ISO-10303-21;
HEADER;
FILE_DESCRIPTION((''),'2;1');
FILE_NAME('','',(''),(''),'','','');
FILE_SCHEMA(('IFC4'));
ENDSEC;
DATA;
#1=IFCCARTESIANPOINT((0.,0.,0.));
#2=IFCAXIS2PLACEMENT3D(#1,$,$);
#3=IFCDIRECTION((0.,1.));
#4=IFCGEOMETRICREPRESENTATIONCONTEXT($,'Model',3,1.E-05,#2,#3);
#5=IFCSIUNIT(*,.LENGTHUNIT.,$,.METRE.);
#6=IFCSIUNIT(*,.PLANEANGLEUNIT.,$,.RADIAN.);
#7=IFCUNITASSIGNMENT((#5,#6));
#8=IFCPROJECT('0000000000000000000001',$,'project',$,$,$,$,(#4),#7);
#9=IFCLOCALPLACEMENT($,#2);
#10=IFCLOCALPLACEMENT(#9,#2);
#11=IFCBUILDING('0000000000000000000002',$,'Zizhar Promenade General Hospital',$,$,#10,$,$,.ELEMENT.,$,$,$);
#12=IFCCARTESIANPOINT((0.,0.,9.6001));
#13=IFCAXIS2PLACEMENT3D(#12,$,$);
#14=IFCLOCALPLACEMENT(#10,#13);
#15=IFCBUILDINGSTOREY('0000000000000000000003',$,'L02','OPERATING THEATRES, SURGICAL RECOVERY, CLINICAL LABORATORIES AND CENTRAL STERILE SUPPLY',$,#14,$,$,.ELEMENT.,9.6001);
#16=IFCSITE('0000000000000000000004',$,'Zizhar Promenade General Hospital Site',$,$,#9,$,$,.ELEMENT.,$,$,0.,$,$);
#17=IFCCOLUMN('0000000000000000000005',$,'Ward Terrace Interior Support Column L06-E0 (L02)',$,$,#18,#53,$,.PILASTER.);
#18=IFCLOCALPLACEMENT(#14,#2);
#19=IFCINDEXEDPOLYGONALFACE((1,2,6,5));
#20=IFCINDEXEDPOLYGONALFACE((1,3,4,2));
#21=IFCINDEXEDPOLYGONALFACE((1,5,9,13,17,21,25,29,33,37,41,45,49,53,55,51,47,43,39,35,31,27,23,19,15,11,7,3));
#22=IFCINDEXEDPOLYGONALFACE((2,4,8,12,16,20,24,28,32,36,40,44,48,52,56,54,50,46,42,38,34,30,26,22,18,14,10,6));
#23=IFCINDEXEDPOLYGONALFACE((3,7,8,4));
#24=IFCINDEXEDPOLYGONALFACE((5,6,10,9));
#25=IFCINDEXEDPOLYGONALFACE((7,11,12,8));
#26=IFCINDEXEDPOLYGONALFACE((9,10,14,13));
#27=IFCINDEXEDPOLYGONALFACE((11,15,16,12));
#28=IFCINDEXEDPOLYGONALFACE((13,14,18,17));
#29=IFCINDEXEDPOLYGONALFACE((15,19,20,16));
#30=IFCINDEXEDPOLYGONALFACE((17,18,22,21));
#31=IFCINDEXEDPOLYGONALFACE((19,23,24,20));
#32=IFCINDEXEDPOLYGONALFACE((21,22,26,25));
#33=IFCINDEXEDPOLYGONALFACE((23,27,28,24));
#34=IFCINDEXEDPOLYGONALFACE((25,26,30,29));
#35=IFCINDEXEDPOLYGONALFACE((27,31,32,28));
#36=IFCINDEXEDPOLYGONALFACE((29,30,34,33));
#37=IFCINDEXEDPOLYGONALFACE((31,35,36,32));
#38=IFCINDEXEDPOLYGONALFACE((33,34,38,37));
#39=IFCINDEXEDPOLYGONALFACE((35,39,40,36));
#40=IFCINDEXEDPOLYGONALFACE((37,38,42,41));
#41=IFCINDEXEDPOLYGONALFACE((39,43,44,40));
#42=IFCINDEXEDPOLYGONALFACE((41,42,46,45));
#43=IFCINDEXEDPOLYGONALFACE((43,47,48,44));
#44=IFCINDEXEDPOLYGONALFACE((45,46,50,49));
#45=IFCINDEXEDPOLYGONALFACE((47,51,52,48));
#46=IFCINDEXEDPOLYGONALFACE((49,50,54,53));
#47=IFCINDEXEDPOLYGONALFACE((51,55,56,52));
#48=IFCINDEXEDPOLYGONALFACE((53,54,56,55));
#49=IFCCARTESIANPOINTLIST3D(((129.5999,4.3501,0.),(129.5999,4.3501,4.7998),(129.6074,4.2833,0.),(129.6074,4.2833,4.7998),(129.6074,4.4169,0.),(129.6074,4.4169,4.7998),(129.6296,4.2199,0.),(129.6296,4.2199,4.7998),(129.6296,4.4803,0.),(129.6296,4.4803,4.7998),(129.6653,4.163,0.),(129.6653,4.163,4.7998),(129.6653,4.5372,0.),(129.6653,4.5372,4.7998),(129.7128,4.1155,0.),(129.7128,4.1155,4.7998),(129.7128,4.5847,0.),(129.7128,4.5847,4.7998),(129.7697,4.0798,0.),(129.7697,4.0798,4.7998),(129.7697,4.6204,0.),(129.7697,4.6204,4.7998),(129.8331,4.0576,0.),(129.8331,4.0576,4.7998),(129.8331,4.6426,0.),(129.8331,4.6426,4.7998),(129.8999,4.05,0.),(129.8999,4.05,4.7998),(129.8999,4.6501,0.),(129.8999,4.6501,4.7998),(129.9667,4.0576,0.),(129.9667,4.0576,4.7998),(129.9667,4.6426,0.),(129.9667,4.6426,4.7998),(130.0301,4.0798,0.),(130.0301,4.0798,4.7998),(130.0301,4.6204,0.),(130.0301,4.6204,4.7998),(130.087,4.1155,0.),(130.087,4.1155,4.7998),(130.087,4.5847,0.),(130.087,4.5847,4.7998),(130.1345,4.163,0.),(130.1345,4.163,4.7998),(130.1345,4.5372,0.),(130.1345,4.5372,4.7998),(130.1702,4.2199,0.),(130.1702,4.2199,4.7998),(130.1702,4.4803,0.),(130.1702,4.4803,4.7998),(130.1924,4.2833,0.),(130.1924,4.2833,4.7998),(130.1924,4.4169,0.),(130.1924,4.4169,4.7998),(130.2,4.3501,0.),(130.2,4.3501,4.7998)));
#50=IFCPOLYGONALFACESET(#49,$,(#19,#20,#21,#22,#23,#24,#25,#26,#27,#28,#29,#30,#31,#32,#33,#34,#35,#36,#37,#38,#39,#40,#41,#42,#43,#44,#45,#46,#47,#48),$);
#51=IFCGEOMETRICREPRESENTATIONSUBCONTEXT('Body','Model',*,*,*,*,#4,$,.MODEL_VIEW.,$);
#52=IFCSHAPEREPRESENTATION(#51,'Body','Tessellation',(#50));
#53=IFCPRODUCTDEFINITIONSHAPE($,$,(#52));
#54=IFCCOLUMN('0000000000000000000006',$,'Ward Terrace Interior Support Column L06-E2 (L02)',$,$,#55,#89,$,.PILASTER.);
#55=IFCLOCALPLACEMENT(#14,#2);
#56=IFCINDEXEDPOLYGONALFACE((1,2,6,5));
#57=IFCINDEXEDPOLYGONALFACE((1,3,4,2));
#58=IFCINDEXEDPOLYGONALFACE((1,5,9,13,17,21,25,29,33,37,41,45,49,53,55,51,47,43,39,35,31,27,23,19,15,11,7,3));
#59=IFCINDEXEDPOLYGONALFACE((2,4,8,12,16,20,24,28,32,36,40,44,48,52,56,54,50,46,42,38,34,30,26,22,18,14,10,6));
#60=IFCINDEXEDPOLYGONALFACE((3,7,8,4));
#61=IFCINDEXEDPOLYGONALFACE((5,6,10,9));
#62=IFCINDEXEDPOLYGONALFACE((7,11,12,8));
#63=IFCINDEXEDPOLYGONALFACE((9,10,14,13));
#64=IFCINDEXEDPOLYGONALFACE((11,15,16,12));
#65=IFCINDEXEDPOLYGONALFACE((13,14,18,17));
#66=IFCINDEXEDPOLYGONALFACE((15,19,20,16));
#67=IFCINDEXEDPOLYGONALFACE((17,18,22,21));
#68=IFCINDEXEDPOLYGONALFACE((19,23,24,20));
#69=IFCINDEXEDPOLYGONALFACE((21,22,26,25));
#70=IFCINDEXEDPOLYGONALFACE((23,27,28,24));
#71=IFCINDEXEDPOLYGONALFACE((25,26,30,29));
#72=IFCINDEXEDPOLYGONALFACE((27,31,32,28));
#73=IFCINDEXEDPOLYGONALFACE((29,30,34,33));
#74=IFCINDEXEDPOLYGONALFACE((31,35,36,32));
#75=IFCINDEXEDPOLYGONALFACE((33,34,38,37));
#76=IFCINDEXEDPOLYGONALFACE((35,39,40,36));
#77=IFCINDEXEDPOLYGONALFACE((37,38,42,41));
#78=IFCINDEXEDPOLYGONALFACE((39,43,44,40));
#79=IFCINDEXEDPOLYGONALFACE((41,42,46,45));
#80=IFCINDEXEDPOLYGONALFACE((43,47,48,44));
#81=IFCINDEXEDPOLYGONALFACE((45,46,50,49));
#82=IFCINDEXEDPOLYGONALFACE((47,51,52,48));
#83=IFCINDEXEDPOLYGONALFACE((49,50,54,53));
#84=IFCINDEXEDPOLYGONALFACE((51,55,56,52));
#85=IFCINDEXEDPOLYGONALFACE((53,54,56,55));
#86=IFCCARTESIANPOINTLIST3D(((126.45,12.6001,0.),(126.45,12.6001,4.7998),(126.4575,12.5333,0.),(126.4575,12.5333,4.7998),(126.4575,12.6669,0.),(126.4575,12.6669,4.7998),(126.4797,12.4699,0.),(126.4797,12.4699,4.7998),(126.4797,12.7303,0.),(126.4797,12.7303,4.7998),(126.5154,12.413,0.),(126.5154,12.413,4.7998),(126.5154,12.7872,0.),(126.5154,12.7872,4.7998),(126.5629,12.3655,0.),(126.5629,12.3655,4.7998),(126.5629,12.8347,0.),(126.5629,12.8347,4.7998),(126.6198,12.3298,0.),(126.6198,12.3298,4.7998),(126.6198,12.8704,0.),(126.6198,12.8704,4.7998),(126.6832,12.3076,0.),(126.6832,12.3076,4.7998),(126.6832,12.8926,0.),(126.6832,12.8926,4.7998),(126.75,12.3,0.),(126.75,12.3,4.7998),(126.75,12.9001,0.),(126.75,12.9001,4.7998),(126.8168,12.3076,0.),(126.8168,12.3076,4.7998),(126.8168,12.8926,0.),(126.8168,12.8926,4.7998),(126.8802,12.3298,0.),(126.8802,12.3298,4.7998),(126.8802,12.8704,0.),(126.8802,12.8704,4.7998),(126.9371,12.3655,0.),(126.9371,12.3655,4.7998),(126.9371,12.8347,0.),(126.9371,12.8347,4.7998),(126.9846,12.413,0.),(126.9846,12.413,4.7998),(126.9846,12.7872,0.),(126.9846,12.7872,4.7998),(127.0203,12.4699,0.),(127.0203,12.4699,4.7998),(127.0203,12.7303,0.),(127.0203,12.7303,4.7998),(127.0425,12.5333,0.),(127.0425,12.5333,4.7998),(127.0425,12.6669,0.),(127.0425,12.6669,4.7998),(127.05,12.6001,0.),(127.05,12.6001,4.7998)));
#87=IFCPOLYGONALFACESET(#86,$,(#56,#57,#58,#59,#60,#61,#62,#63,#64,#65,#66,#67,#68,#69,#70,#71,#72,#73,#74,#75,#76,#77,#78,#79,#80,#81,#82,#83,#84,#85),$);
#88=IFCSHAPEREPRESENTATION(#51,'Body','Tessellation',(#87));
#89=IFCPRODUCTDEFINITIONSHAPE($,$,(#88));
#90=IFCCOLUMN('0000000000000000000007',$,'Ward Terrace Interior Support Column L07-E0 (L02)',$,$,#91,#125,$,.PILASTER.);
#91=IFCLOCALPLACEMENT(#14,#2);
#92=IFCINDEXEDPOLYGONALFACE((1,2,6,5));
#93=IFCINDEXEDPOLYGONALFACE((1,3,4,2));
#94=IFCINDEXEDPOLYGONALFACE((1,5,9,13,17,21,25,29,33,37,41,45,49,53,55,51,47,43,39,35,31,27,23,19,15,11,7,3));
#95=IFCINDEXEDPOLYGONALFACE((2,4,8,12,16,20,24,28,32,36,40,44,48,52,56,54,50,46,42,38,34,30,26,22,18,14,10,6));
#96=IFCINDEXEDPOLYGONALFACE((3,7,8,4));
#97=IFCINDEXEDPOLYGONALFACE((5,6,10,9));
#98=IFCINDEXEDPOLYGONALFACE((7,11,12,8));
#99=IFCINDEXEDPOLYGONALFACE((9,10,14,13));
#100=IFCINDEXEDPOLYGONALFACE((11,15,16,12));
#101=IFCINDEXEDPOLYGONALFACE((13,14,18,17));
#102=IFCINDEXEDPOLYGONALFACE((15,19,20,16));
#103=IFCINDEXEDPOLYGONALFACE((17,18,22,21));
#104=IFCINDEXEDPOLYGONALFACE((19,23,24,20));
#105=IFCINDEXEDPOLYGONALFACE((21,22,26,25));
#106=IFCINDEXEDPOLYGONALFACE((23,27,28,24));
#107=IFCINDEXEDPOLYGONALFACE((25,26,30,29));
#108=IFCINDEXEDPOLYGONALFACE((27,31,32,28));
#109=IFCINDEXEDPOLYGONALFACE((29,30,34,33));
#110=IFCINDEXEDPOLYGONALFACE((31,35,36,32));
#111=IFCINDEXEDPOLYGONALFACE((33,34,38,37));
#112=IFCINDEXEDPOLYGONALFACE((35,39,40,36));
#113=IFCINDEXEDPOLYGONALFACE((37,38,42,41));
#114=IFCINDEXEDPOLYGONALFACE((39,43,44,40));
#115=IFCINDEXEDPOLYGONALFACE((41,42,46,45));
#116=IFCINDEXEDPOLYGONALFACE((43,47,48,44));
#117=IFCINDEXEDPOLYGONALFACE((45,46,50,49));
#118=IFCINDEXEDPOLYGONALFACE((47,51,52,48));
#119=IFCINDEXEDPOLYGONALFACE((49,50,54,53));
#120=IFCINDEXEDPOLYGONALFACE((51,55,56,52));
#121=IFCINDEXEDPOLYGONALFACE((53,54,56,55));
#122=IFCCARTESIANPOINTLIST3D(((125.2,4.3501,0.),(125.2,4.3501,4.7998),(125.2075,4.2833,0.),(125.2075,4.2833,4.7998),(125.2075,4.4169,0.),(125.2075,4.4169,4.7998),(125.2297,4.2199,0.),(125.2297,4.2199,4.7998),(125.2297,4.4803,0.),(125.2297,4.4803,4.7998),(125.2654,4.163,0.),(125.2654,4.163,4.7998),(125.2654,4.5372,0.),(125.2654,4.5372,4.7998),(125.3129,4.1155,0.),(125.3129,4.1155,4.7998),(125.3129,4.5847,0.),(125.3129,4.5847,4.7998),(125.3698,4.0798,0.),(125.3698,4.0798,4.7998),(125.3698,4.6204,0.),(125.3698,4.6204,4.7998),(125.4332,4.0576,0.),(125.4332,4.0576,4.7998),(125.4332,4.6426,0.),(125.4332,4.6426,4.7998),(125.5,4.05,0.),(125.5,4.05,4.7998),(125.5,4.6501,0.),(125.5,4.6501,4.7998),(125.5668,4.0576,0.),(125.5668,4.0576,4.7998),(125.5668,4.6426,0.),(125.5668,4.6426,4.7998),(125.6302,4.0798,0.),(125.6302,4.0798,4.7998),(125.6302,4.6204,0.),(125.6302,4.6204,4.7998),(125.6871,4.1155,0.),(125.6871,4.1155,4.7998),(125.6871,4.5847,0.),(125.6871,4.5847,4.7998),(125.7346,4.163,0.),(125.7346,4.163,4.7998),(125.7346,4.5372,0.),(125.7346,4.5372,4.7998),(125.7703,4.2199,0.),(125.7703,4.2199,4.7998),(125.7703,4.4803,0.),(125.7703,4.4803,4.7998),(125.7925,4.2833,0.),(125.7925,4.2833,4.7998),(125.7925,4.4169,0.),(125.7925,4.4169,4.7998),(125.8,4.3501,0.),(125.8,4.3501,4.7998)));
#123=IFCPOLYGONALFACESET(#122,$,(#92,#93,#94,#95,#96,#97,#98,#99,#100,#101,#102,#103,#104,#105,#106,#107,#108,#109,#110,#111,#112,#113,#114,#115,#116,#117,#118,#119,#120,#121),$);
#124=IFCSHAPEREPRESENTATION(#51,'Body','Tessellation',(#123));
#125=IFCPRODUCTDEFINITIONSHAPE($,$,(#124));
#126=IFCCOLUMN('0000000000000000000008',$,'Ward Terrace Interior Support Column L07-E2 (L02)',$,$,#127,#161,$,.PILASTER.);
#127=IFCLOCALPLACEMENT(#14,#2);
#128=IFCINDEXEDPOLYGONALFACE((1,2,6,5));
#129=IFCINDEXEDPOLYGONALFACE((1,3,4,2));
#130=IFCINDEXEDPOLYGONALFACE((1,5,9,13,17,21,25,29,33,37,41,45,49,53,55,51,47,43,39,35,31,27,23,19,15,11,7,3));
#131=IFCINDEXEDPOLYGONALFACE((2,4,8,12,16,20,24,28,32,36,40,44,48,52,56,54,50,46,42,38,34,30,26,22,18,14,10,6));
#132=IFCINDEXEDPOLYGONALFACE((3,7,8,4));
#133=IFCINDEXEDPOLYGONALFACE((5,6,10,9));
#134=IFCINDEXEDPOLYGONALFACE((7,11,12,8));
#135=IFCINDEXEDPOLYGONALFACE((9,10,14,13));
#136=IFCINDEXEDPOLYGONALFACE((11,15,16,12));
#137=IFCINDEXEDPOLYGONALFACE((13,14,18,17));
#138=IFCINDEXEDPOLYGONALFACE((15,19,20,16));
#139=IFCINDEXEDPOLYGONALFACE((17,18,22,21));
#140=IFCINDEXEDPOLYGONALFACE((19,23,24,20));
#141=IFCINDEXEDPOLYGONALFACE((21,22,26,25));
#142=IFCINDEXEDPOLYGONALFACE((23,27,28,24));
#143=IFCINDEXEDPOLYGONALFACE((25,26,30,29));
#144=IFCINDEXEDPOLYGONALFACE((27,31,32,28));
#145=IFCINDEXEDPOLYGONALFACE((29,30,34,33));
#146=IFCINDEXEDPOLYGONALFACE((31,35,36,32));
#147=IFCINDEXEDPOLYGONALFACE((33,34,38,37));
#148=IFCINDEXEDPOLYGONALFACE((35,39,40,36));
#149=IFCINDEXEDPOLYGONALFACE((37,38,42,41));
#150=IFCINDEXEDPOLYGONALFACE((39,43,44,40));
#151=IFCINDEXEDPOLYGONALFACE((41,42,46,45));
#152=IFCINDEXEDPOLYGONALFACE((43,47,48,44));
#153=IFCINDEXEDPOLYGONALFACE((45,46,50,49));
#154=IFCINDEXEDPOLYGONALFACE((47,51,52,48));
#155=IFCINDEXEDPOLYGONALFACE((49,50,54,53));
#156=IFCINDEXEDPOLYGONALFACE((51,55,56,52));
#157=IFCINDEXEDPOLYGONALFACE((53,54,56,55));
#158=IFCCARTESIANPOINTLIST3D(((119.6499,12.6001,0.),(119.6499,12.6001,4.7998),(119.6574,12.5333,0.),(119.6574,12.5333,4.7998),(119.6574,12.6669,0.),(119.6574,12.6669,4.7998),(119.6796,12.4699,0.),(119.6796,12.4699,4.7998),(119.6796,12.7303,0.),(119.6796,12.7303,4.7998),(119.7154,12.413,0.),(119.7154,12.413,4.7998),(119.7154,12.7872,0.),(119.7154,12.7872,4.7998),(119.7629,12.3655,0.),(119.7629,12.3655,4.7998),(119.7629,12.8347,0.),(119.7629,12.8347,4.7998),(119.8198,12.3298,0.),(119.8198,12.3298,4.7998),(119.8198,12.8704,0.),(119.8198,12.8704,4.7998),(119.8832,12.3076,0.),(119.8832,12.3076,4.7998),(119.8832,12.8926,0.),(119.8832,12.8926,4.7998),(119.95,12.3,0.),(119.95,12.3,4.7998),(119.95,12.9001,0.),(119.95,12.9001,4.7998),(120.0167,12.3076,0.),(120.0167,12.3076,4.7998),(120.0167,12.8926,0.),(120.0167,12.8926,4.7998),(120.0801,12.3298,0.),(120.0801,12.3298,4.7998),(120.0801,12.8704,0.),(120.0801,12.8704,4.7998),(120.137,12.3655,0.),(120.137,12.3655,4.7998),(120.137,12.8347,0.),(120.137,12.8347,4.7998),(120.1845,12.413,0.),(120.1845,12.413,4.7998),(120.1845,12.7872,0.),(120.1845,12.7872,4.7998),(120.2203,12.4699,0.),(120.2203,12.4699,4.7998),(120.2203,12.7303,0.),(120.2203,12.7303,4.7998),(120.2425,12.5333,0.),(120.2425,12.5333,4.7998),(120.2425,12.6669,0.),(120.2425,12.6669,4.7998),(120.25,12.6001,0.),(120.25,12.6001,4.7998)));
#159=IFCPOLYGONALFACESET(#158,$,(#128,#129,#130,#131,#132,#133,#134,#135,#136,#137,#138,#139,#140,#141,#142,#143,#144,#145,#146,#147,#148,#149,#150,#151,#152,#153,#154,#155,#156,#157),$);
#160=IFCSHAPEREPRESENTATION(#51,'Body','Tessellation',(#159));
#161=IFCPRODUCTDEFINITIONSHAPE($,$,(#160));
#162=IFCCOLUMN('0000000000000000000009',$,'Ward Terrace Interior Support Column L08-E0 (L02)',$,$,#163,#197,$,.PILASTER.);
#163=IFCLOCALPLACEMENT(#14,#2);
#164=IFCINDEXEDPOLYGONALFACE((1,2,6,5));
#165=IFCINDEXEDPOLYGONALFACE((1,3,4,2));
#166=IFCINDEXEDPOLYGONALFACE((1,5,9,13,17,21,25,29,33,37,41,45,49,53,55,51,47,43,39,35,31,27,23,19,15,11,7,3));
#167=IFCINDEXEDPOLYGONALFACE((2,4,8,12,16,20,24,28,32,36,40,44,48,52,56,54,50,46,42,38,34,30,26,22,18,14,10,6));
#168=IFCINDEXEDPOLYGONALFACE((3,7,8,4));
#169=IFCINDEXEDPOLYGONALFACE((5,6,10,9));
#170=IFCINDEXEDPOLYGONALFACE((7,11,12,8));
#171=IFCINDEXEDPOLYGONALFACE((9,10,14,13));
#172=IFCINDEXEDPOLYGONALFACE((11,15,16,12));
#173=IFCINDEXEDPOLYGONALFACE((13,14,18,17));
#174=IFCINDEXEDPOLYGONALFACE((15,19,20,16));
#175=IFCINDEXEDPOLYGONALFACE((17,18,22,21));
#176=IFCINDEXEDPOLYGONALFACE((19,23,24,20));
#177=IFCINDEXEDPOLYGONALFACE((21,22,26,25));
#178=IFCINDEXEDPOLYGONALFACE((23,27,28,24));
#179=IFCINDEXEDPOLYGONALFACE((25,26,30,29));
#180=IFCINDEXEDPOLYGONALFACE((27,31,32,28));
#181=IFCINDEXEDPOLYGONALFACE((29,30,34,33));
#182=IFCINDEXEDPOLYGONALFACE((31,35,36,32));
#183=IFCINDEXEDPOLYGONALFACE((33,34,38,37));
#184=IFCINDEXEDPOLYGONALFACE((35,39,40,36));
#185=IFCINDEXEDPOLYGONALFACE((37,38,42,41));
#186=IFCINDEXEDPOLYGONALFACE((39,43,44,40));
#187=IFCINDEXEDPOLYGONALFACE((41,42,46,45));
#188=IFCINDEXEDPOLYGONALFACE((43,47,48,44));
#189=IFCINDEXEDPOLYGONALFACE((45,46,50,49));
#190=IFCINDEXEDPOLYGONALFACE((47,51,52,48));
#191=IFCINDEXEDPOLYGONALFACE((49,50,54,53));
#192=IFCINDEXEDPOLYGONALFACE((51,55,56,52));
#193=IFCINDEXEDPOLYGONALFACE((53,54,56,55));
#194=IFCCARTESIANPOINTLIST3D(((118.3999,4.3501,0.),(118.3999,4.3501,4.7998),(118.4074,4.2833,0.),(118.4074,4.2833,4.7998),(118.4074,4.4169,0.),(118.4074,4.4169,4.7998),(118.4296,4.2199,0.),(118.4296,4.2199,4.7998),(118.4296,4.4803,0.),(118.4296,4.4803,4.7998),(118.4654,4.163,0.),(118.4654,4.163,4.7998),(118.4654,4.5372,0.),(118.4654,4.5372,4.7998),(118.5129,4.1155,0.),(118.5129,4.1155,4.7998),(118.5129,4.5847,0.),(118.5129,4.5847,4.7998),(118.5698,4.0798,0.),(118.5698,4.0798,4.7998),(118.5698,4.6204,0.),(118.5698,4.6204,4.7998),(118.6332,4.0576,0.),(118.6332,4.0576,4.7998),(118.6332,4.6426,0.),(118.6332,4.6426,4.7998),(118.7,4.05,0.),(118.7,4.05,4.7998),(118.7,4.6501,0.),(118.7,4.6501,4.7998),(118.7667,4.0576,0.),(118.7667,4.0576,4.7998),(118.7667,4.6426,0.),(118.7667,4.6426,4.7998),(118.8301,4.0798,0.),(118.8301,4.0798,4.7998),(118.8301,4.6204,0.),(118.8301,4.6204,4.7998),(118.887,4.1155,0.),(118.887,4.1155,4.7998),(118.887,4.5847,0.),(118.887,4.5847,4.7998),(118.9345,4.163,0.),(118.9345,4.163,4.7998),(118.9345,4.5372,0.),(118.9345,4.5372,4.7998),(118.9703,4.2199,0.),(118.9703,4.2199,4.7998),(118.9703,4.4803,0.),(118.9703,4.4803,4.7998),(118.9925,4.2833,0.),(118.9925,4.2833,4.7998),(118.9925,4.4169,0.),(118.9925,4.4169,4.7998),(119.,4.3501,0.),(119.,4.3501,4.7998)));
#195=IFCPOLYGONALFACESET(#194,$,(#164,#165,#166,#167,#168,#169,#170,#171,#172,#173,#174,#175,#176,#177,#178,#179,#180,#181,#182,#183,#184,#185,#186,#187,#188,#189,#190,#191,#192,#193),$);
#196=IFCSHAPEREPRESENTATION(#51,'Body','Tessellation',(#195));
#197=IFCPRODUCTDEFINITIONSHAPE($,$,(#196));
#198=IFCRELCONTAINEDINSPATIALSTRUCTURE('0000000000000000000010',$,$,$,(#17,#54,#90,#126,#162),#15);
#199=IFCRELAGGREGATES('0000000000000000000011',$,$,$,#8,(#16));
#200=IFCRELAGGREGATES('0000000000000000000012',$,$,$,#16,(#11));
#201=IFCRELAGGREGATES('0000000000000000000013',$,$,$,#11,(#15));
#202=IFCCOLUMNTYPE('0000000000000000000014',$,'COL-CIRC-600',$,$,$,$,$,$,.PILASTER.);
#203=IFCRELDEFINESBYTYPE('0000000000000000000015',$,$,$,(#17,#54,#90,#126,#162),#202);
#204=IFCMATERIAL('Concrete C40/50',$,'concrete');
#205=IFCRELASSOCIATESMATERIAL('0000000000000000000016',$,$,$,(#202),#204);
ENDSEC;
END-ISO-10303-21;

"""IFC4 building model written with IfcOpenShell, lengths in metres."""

from ifc_helpers import new_model, si_unit, direction, frame, origin, origin_2d, place, context, subcontext, project, spatial, circle, extrude, material, material_profile, profile_set, type_object, element, save


model = new_model("IFC4")

# Units and contexts
model_context = context("Model", 3, precision=1e-05, world=origin(), true_north=direction((0.0, 1.0)))
body_context = subcontext(model_context, "Body", "Model", "MODEL_VIEW")
ifc_project = project(units=[si_unit("LENGTHUNIT", "METRE"), si_unit("PLANEANGLEUNIT", "RADIAN")], contexts=[model_context])

# Site, building, storey
site_placement = place(None, origin())
site = spatial("IfcSite", under=ifc_project, at=site_placement, Name="Zizhar Promenade General Hospital Site", CompositionType="ELEMENT", RefElevation=0.0)
building_placement = place(site_placement, origin())
building = spatial("IfcBuilding", under=site, at=building_placement, Name="Zizhar Promenade General Hospital", CompositionType="ELEMENT")
storey_placement = place(building_placement, frame((0.0, 0.0, 9.6001)))
storey = spatial("IfcBuildingStorey", under=building, at=storey_placement, Name="L02", Description="OPERATING THEATRES, SURGICAL RECOVERY, CLINICAL LABORATORIES AND CENTRAL STERILE SUPPLY", CompositionType="ELEMENT", Elevation=9.6001)

# Columns
ifc_material_1 = material(Name="Concrete C40/50", Category="concrete")
ifc_material_profile_1 = material_profile(ifc_material_1, circle(Radius=0.3, at=origin_2d()))
ifc_profile_set_1 = profile_set([ifc_material_profile_1], Name="Concrete C40/50")
column_type_1 = type_object("IfcColumnType", Name="COL-CIRC-600", PredefinedType="PILASTER", material=ifc_profile_set_1)
for number, where, z_axis, x_axis, name in (
    (1, (129.8999, 4.3501, 0.0), (0.0, 0.0, 1.0), (1.0, 0.0, 0.0), "Ward Terrace Interior Support Column L06-E0 (L02)"),
    (2, (126.75, 12.6001, 0.0), (0.0, 0.0, 1.0), (1.0, 0.0, 0.0), "Ward Terrace Interior Support Column L06-E2 (L02)"),
    (3, (125.5, 4.3501, 0.0), (0.0, 0.0, 1.0), (1.0, 0.0, 0.0), "Ward Terrace Interior Support Column L07-E0 (L02)"),
    (4, (119.95, 12.6001, 0.0), (0.0, 0.0, 1.0), (1.0, 0.0, 0.0), "Ward Terrace Interior Support Column L07-E2 (L02)"),
    (5, (118.7, 4.3501, 0.0), (0.0, 0.0, 1.0), (1.0, 0.0, 0.0), "Ward Terrace Interior Support Column L08-E0 (L02)"),
):
    element("IfcColumn", number, at=place(storey_placement, frame(where, z_axis=z_axis, x_axis=x_axis)), inside=storey, type_object=column_type_1, Name=name, PredefinedType="PILASTER", context=body_context, shape_type="SweptSolid", body=[
        extrude(circle(Radius=0.3, at=origin_2d()), origin(), (0.0, 0.0, 1.0), 4.7998),
    ])

save(model, "model.ifc")
